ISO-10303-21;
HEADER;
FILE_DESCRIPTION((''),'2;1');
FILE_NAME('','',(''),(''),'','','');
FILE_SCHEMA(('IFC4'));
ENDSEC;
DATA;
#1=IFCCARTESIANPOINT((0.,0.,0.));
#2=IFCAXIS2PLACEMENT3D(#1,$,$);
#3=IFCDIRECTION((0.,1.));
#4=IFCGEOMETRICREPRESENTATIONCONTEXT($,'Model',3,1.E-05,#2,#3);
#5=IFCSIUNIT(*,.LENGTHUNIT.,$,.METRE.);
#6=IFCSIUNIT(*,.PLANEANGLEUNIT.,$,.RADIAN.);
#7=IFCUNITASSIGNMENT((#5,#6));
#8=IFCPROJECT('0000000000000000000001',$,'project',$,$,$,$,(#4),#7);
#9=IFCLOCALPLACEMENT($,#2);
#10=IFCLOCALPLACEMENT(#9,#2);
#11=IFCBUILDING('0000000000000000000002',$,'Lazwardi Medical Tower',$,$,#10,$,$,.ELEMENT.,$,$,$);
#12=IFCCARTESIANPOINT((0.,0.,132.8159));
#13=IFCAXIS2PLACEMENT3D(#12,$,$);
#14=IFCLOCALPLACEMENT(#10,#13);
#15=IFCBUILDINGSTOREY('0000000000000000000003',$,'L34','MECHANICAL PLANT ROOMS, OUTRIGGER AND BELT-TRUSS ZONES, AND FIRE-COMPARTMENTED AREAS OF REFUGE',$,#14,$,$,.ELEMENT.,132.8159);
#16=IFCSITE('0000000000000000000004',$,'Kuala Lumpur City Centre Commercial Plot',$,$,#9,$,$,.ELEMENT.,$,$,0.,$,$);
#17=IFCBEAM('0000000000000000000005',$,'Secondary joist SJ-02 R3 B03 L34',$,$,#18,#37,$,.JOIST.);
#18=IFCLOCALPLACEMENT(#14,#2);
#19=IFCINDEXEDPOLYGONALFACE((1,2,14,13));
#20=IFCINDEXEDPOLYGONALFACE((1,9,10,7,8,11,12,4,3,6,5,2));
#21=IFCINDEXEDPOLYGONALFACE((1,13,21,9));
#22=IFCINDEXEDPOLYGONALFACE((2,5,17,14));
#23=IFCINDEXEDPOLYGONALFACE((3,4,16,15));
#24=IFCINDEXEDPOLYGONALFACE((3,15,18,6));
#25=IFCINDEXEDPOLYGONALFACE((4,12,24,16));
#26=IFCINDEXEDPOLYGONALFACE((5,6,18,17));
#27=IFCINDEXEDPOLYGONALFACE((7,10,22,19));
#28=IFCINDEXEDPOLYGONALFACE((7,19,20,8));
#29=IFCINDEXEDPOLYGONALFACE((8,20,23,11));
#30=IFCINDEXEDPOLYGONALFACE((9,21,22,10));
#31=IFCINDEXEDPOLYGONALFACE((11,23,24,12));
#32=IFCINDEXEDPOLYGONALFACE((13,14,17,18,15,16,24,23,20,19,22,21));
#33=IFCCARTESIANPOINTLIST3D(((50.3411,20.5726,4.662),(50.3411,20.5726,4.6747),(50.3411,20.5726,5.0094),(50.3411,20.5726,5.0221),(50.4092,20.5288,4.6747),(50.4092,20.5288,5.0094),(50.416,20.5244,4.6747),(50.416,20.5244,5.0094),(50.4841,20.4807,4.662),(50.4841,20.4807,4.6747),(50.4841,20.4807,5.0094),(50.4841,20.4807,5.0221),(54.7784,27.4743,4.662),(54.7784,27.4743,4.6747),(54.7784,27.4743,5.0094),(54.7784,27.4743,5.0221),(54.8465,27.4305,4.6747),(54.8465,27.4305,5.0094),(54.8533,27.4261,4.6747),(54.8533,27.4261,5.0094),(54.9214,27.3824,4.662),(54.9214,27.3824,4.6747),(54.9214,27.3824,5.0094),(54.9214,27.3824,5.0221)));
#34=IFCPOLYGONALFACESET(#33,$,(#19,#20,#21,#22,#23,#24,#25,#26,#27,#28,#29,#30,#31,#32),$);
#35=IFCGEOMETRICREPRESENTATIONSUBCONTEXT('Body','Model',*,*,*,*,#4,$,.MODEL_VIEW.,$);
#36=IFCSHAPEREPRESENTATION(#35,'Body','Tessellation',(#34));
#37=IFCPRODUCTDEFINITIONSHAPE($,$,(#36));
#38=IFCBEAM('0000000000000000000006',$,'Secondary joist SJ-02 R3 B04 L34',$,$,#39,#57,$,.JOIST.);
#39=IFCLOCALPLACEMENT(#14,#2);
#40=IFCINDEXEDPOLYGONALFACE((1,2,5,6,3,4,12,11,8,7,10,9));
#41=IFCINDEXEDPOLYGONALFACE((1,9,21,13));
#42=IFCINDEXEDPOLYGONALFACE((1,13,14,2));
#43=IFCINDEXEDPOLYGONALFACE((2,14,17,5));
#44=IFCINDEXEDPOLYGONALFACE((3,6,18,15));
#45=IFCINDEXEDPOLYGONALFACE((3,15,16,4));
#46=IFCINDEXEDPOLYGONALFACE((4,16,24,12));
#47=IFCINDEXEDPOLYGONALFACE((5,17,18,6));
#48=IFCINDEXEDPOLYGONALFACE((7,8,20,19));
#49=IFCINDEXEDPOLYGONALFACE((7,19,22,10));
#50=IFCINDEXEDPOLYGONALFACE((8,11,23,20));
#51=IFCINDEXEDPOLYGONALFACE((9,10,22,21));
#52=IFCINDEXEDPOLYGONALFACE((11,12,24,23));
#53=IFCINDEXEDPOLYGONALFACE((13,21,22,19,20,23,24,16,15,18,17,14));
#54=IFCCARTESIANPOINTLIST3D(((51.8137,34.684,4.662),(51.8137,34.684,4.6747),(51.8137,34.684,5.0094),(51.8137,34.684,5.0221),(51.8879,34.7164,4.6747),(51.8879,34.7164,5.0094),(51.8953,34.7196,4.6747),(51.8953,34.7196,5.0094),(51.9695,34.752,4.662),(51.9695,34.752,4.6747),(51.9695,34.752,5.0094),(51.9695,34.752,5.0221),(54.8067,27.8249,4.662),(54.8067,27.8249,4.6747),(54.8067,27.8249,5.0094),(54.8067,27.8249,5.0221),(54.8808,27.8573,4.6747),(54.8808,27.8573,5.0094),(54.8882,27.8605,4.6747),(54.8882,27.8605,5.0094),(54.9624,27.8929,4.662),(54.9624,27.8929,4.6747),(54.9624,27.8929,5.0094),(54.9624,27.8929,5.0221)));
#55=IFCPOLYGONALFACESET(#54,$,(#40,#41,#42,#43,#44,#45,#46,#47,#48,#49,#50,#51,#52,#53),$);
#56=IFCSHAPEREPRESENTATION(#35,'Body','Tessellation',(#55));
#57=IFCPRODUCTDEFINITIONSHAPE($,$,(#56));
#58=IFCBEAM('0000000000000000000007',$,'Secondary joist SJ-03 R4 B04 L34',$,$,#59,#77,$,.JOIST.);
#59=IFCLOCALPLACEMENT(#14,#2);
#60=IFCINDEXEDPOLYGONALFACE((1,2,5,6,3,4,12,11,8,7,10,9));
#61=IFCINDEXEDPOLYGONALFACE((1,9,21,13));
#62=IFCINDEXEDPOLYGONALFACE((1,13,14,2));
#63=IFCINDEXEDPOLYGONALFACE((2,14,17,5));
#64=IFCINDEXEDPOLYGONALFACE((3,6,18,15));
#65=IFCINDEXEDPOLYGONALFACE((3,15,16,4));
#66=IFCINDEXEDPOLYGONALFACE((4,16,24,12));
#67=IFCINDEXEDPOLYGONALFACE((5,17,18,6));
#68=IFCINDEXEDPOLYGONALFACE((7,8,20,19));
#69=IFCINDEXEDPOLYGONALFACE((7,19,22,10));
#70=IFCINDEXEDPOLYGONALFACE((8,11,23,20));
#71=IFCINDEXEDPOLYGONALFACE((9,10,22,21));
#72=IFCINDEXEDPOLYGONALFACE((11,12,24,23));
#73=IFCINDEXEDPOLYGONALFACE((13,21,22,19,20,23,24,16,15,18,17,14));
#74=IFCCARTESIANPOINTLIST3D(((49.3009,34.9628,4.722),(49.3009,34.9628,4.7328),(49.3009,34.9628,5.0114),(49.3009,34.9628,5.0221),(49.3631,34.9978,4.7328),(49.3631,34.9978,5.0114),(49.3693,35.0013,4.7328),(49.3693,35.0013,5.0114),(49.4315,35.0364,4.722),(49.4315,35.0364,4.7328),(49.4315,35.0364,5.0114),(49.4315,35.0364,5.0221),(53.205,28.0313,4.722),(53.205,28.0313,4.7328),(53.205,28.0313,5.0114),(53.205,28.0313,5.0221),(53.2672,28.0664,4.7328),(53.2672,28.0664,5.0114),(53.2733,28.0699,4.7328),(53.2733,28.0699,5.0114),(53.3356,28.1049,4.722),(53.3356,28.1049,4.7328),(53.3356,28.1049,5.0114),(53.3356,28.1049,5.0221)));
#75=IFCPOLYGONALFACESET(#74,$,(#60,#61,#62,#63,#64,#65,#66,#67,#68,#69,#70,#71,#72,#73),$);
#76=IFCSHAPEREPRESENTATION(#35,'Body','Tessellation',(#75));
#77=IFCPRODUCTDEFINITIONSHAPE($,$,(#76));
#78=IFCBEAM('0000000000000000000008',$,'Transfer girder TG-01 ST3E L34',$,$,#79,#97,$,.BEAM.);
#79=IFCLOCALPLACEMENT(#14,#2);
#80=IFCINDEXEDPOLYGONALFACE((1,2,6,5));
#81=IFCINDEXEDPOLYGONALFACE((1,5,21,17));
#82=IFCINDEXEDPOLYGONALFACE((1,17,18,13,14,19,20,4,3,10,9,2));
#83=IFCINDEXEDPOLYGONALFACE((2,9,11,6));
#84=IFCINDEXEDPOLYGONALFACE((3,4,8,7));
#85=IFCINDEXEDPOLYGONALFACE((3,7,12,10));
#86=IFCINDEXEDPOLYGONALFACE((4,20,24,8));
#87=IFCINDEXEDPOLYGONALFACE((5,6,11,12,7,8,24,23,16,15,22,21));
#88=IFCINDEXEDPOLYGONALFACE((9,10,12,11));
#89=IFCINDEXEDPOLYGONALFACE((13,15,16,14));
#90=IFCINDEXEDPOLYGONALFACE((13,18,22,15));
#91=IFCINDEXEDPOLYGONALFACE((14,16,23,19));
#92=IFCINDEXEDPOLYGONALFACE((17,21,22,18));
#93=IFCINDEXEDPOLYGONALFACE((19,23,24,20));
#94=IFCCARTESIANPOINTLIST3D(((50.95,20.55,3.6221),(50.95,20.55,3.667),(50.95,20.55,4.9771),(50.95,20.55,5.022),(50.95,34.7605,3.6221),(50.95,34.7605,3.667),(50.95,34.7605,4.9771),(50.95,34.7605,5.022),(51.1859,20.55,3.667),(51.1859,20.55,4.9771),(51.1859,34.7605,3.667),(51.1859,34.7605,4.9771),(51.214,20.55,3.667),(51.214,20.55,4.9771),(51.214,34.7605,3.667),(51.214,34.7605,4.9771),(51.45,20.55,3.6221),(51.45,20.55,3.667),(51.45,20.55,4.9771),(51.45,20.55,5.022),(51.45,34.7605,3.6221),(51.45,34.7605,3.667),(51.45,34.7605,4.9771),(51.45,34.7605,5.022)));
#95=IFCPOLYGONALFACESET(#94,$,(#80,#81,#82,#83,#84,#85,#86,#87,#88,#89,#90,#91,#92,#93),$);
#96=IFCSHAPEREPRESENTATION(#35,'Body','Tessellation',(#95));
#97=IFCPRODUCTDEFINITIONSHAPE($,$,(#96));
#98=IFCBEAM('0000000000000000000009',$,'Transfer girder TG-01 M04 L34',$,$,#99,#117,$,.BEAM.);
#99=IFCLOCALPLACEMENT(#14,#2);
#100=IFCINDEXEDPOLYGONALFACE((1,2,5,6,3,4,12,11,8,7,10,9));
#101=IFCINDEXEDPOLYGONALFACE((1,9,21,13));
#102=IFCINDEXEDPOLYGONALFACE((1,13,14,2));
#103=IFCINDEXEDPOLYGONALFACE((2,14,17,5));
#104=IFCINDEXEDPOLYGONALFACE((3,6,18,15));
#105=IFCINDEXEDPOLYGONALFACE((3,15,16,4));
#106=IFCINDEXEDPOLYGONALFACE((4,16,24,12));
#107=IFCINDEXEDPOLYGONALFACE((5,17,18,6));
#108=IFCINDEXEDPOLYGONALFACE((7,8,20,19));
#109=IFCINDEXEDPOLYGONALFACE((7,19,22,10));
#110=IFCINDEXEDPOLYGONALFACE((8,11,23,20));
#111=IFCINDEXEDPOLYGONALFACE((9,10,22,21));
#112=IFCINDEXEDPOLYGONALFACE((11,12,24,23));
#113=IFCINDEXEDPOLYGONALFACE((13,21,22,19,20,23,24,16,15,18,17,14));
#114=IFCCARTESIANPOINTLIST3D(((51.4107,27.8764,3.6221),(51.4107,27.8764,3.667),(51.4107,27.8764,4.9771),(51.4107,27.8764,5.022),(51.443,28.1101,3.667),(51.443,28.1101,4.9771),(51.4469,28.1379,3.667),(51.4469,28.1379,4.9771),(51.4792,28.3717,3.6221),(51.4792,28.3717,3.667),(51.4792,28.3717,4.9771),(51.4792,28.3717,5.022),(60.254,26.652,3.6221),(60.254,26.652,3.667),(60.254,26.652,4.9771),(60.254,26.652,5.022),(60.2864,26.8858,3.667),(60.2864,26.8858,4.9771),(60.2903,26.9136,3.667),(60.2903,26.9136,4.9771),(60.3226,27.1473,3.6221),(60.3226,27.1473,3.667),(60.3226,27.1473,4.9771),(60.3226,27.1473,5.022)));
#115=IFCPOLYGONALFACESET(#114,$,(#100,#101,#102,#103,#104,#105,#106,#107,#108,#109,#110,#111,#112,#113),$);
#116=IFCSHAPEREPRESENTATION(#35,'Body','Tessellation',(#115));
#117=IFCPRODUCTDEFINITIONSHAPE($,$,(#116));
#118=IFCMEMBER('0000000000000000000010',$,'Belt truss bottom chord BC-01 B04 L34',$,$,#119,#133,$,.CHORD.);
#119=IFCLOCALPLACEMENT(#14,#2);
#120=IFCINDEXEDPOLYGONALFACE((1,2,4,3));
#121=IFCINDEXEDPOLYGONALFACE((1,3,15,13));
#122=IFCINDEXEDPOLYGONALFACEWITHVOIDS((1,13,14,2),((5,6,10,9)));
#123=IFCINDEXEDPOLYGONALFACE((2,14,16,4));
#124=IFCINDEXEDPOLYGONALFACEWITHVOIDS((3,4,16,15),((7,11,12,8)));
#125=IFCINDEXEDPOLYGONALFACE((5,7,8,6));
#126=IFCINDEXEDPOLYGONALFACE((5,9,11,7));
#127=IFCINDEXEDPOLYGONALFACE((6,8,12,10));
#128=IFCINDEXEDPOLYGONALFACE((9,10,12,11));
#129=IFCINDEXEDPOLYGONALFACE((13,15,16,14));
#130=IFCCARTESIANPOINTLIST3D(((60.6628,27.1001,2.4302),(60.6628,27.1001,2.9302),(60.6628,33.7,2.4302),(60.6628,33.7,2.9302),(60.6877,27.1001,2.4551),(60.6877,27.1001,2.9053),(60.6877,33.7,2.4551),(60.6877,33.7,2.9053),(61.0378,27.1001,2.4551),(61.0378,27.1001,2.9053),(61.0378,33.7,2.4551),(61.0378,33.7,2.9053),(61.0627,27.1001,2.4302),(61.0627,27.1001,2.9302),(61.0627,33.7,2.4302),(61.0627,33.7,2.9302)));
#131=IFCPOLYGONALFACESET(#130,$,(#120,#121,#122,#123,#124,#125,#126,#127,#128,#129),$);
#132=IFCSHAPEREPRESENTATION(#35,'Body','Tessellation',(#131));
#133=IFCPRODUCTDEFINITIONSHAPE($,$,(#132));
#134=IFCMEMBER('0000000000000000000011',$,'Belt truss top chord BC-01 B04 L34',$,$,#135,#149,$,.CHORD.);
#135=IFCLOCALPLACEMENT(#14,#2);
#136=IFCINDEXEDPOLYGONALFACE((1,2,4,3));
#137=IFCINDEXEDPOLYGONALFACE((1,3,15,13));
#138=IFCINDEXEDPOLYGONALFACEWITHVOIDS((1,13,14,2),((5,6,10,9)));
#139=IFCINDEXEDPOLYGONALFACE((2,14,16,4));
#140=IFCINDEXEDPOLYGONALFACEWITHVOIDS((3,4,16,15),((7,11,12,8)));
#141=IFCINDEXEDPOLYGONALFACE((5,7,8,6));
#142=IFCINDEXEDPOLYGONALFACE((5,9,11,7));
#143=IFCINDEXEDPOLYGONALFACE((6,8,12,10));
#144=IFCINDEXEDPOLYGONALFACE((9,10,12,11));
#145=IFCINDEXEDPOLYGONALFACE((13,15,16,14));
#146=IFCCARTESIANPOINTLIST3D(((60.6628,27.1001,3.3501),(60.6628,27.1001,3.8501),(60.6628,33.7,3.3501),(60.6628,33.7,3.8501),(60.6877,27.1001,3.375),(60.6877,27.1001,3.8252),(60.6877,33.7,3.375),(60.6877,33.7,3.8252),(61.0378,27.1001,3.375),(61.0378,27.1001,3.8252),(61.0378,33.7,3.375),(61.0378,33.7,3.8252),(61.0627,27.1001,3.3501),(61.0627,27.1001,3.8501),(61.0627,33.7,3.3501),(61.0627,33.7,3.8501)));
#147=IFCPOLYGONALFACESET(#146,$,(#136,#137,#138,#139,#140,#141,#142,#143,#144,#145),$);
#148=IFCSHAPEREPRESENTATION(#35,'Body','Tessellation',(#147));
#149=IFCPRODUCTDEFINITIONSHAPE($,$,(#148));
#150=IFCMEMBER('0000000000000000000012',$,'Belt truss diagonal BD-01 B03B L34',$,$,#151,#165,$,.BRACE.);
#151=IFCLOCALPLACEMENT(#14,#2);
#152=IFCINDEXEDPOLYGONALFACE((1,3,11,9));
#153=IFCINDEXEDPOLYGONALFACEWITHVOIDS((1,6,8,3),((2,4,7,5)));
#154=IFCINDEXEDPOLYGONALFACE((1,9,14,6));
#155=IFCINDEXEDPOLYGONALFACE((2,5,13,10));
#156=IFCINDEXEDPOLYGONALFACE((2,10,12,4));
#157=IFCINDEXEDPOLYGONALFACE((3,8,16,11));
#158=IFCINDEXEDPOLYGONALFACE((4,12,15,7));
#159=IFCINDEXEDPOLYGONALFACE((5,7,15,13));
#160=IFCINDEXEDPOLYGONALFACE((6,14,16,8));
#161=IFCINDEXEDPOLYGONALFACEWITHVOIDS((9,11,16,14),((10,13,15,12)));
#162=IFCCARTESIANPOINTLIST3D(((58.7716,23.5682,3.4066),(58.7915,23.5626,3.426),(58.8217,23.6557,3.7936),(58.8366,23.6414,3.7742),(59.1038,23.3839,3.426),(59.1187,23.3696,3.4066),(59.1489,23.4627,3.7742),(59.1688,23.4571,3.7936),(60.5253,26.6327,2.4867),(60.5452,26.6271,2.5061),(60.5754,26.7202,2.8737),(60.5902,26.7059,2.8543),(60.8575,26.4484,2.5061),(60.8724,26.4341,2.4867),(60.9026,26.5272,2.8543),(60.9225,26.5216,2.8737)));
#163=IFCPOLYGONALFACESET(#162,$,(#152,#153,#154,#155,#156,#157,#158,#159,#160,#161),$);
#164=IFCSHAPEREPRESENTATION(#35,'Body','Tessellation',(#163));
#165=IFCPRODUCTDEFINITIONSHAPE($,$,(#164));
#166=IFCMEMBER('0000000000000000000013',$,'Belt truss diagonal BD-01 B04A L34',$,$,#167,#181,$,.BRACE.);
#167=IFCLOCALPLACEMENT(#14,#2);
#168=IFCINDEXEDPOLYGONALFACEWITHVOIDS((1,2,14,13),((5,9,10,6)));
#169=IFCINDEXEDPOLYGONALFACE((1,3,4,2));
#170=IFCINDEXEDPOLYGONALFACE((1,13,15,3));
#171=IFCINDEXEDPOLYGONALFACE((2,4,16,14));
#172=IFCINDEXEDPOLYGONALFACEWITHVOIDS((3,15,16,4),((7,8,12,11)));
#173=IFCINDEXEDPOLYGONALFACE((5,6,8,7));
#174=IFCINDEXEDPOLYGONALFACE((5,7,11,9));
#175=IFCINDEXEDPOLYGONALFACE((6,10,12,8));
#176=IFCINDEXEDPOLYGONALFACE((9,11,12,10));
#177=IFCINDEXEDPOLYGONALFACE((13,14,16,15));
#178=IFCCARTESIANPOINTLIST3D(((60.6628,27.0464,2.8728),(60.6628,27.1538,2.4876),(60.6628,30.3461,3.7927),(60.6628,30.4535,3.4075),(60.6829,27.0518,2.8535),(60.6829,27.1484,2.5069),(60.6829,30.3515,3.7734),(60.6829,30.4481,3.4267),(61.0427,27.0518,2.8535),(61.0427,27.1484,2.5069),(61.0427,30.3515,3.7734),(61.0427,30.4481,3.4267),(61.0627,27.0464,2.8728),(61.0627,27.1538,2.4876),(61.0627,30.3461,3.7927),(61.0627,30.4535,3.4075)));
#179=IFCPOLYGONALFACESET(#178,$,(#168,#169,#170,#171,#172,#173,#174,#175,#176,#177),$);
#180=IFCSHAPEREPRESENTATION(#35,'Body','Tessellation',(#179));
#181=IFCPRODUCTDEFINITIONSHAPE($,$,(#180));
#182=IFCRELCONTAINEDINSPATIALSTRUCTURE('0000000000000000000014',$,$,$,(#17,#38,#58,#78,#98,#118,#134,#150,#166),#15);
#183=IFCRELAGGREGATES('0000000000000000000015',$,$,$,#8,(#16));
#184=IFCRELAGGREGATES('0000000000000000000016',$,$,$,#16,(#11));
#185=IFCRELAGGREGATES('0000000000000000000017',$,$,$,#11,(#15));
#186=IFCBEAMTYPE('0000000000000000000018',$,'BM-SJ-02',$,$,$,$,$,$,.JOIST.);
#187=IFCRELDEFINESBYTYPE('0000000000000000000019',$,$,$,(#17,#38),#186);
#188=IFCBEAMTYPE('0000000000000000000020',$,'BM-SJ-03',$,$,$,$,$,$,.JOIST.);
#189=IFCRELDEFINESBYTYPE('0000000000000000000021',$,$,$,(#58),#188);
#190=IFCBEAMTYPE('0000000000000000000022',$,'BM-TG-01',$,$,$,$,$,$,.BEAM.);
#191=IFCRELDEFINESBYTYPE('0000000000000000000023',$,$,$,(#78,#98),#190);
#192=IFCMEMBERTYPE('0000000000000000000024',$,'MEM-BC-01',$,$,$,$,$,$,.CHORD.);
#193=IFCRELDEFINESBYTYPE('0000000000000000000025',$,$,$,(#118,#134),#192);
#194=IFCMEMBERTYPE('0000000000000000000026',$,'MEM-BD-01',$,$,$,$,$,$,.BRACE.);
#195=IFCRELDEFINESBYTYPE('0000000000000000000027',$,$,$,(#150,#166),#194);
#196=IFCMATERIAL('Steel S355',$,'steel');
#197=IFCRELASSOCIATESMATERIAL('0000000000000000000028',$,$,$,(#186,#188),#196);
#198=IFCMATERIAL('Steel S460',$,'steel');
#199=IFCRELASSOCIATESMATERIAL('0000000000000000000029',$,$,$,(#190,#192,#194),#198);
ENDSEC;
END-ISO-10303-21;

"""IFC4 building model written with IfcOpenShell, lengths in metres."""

from ifc_helpers import new_model, si_unit, direction, frame, origin, origin_2d, place, context, subcontext, project, spatial, hollow_rectangle, i_section, extrude, material, material_profile, profile_set, type_object, element, save


model = new_model("IFC4")

# Units and contexts
model_context = context("Model", 3, precision=1e-05, world=origin(), true_north=direction((0.0, 1.0)))
body_context = subcontext(model_context, "Body", "Model", "MODEL_VIEW")
ifc_project = project(units=[si_unit("LENGTHUNIT", "METRE"), si_unit("PLANEANGLEUNIT", "RADIAN")], contexts=[model_context])

# Site, building, storey
site_placement = place(None, origin())
site = spatial("IfcSite", under=ifc_project, at=site_placement, Name="Kuala Lumpur City Centre Commercial Plot", CompositionType="ELEMENT", RefElevation=0.0)
building_placement = place(site_placement, origin())
building = spatial("IfcBuilding", under=site, at=building_placement, Name="Lazwardi Medical Tower", CompositionType="ELEMENT")
storey_placement = place(building_placement, frame((0.0, 0.0, 132.8159)))
storey = spatial("IfcBuildingStorey", under=building, at=storey_placement, Name="L34", Description="MECHANICAL PLANT ROOMS, OUTRIGGER AND BELT-TRUSS ZONES, AND FIRE-COMPARTMENTED AREAS OF REFUGE", CompositionType="ELEMENT", Elevation=132.8159)

# Beams
ifc_material_1 = material(Name="Steel S460", Category="steel")
ifc_material_2 = material(Name="Steel S355", Category="steel")
ifc_material_profile_1 = material_profile(ifc_material_2, i_section(OverallWidth=0.1699, OverallDepth=0.3601, WebThickness=0.0081, FlangeThickness=0.0127, at=origin_2d()), Name="IPE 360")
ifc_profile_set_1 = profile_set([ifc_material_profile_1], Name="Steel S355")
beam_type_1 = type_object("IfcBeamType", Name="BM-SJ-02", PredefinedType="JOIST", material=ifc_profile_set_1)
beam_1_placement = place(storey_placement, frame((50.4126, 20.5266, 4.842), z_axis=(0.540801, 0.84115, 0.0), x_axis=(-0.84115, 0.540801, 0.0)))
element("IfcBeam", 1, at=beam_1_placement, inside=storey, type_object=beam_type_1, Name="Secondary joist SJ-02 R3 B03 L34", PredefinedType="JOIST", context=body_context, shape_type="SweptSolid", body=[
    extrude(i_section(OverallWidth=0.1699, OverallDepth=0.3601, WebThickness=0.0081, FlangeThickness=0.0127, at=origin_2d()), origin(), (0.0, 0.0, 1.0), 8.2051),
])
beam_2_placement = place(storey_placement, frame((54.8845, 27.8589, 4.842), z_axis=(-0.399927, 0.916547, 0.0), x_axis=(-0.916547, -0.399927, 0.0)))
element("IfcBeam", 2, at=beam_2_placement, inside=storey, type_object=beam_type_1, Name="Secondary joist SJ-02 R3 B04 L34", PredefinedType="JOIST", context=body_context, shape_type="SweptSolid", body=[
    extrude(i_section(OverallWidth=0.1699, OverallDepth=0.3601, WebThickness=0.0081, FlangeThickness=0.0127, at=origin_2d()), origin(), (0.0, 0.0, 1.0), 7.4836),
])
ifc_material_profile_2 = material_profile(ifc_material_2, i_section(OverallWidth=0.1499, OverallDepth=0.3, WebThickness=0.0071, FlangeThickness=0.0107, at=origin_2d()), Name="IPE 300")
ifc_profile_set_2 = profile_set([ifc_material_profile_2], Name="Steel S355")
beam_type_2 = type_object("IfcBeamType", Name="BM-SJ-03", PredefinedType="JOIST", material=ifc_profile_set_2)
beam_3_placement = place(storey_placement, frame((53.2703, 28.0681, 4.8721), z_axis=(-0.490752, 0.871299, 0.0), x_axis=(-0.871299, -0.490752, 0.0)))
element("IfcBeam", 3, at=beam_3_placement, inside=storey, type_object=beam_type_2, Name="Secondary joist SJ-03 R4 B04 L34", PredefinedType="JOIST", context=body_context, shape_type="SweptSolid", body=[
    extrude(i_section(OverallWidth=0.1499, OverallDepth=0.3, WebThickness=0.0071, FlangeThickness=0.0107, at=origin_2d()), origin(), (0.0, 0.0, 1.0), 7.9553),
])
ifc_material_profile_3 = material_profile(ifc_material_1, i_section(OverallWidth=0.5, OverallDepth=1.3999, WebThickness=0.0281, FlangeThickness=0.0449, at=origin_2d()), Name="PG 1400x500")
ifc_profile_set_3 = profile_set([ifc_material_profile_3], Name="Steel S460")
beam_type_3 = type_object("IfcBeamType", Name="BM-TG-01", PredefinedType="BEAM", material=ifc_profile_set_3)
beam_4_placement = place(storey_placement, frame((51.2, 20.55, 4.322), z_axis=(0.0, 1.0, 0.0), x_axis=(-1.0, 0.0, 0.0)))
element("IfcBeam", 4, at=beam_4_placement, inside=storey, type_object=beam_type_3, Name="Transfer girder TG-01 ST3E L34", PredefinedType="BEAM", context=body_context, shape_type="SweptSolid", body=[
    extrude(i_section(OverallWidth=0.5, OverallDepth=1.3999, WebThickness=0.0281, FlangeThickness=0.0449, at=origin_2d()), origin(), (0.0, 0.0, 1.0), 14.2104),
])
beam_5_placement = place(storey_placement, frame((60.2883, 26.8997, 4.322), z_axis=(-0.990551, 0.137144, 0.0), x_axis=(-0.137144, -0.990551, 0.0)))
element("IfcBeam", 5, at=beam_5_placement, inside=storey, type_object=beam_type_3, Name="Transfer girder TG-01 M04 L34", PredefinedType="BEAM", context=body_context, shape_type="SweptSolid", body=[
    extrude(i_section(OverallWidth=0.5, OverallDepth=1.3999, WebThickness=0.0281, FlangeThickness=0.0449, at=origin_2d()), origin(), (0.0, 0.0, 1.0), 8.9277),
])

# Members
ifc_material_profile_4 = material_profile(ifc_material_1, hollow_rectangle(XDim=0.3999, YDim=0.5, WallThickness=0.0249, at=origin_2d()), Name="RHS 500x400x25")
ifc_profile_set_4 = profile_set([ifc_material_profile_4], Name="Steel S460")
member_type_1 = type_object("IfcMemberType", Name="MEM-BC-01", PredefinedType="CHORD", material=ifc_profile_set_4)
for number, where, z_axis, x_axis, name in (
    (6, (60.8628, 27.1001, 2.6802), (0.0, 1.0, 0.0), (-1.0, 0.0, 0.0), "Belt truss bottom chord BC-01 B04 L34"),
    (7, (60.8628, 27.1001, 3.6001), (0.0, 1.0, 0.0), (-1.0, 0.0, 0.0), "Belt truss top chord BC-01 B04 L34"),
):
    element("IfcMember", number, at=place(storey_placement, frame(where, z_axis=z_axis, x_axis=x_axis)), inside=storey, type_object=member_type_1, Name=name, PredefinedType="CHORD", context=body_context, shape_type="SweptSolid", body=[
        extrude(hollow_rectangle(XDim=0.3999, YDim=0.5, WallThickness=0.0249, at=origin_2d()), origin(), (0.0, 0.0, 1.0), 6.5999),
    ])
ifc_material_profile_5 = material_profile(ifc_material_1, hollow_rectangle(XDim=0.3999, YDim=0.3999, WallThickness=0.02, at=origin_2d()), Name="RHS 400x400x20")
ifc_profile_set_5 = profile_set([ifc_material_profile_5], Name="Steel S460")
member_type_2 = type_object("IfcMemberType", Name="MEM-BD-01", PredefinedType="BRACE", material=ifc_profile_set_5)
member_1_placement = place(storey_placement, frame((60.7239, 26.5771, 2.6802), z_axis=(-0.480637, -0.839893, 0.252128), x_axis=(0.867932, -0.496682, 0.0)))
element("IfcMember", 8, at=member_1_placement, inside=storey, type_object=member_type_2, Name="Belt truss diagonal BD-01 B03B L34", PredefinedType="BRACE", context=body_context, shape_type="SweptSolid", body=[
    extrude(hollow_rectangle(XDim=0.3999, YDim=0.3999, WallThickness=0.02, at=origin_2d()), origin(), (0.0, 0.0, 1.0), 3.6487),
])
member_2_placement = place(storey_placement, frame((60.8628, 27.1001, 2.6802), z_axis=(0.0, 0.963268, 0.268541), x_axis=(-1.0, 0.0, 0.0)))
element("IfcMember", 9, at=member_2_placement, inside=storey, type_object=member_type_2, Name="Belt truss diagonal BD-01 B04A L34", PredefinedType="BRACE", context=body_context, shape_type="SweptSolid", body=[
    extrude(hollow_rectangle(XDim=0.3999, YDim=0.3999, WallThickness=0.02, at=origin_2d()), origin(), (0.0, 0.0, 1.0), 3.4255),
])

save(model, "model.ifc")
